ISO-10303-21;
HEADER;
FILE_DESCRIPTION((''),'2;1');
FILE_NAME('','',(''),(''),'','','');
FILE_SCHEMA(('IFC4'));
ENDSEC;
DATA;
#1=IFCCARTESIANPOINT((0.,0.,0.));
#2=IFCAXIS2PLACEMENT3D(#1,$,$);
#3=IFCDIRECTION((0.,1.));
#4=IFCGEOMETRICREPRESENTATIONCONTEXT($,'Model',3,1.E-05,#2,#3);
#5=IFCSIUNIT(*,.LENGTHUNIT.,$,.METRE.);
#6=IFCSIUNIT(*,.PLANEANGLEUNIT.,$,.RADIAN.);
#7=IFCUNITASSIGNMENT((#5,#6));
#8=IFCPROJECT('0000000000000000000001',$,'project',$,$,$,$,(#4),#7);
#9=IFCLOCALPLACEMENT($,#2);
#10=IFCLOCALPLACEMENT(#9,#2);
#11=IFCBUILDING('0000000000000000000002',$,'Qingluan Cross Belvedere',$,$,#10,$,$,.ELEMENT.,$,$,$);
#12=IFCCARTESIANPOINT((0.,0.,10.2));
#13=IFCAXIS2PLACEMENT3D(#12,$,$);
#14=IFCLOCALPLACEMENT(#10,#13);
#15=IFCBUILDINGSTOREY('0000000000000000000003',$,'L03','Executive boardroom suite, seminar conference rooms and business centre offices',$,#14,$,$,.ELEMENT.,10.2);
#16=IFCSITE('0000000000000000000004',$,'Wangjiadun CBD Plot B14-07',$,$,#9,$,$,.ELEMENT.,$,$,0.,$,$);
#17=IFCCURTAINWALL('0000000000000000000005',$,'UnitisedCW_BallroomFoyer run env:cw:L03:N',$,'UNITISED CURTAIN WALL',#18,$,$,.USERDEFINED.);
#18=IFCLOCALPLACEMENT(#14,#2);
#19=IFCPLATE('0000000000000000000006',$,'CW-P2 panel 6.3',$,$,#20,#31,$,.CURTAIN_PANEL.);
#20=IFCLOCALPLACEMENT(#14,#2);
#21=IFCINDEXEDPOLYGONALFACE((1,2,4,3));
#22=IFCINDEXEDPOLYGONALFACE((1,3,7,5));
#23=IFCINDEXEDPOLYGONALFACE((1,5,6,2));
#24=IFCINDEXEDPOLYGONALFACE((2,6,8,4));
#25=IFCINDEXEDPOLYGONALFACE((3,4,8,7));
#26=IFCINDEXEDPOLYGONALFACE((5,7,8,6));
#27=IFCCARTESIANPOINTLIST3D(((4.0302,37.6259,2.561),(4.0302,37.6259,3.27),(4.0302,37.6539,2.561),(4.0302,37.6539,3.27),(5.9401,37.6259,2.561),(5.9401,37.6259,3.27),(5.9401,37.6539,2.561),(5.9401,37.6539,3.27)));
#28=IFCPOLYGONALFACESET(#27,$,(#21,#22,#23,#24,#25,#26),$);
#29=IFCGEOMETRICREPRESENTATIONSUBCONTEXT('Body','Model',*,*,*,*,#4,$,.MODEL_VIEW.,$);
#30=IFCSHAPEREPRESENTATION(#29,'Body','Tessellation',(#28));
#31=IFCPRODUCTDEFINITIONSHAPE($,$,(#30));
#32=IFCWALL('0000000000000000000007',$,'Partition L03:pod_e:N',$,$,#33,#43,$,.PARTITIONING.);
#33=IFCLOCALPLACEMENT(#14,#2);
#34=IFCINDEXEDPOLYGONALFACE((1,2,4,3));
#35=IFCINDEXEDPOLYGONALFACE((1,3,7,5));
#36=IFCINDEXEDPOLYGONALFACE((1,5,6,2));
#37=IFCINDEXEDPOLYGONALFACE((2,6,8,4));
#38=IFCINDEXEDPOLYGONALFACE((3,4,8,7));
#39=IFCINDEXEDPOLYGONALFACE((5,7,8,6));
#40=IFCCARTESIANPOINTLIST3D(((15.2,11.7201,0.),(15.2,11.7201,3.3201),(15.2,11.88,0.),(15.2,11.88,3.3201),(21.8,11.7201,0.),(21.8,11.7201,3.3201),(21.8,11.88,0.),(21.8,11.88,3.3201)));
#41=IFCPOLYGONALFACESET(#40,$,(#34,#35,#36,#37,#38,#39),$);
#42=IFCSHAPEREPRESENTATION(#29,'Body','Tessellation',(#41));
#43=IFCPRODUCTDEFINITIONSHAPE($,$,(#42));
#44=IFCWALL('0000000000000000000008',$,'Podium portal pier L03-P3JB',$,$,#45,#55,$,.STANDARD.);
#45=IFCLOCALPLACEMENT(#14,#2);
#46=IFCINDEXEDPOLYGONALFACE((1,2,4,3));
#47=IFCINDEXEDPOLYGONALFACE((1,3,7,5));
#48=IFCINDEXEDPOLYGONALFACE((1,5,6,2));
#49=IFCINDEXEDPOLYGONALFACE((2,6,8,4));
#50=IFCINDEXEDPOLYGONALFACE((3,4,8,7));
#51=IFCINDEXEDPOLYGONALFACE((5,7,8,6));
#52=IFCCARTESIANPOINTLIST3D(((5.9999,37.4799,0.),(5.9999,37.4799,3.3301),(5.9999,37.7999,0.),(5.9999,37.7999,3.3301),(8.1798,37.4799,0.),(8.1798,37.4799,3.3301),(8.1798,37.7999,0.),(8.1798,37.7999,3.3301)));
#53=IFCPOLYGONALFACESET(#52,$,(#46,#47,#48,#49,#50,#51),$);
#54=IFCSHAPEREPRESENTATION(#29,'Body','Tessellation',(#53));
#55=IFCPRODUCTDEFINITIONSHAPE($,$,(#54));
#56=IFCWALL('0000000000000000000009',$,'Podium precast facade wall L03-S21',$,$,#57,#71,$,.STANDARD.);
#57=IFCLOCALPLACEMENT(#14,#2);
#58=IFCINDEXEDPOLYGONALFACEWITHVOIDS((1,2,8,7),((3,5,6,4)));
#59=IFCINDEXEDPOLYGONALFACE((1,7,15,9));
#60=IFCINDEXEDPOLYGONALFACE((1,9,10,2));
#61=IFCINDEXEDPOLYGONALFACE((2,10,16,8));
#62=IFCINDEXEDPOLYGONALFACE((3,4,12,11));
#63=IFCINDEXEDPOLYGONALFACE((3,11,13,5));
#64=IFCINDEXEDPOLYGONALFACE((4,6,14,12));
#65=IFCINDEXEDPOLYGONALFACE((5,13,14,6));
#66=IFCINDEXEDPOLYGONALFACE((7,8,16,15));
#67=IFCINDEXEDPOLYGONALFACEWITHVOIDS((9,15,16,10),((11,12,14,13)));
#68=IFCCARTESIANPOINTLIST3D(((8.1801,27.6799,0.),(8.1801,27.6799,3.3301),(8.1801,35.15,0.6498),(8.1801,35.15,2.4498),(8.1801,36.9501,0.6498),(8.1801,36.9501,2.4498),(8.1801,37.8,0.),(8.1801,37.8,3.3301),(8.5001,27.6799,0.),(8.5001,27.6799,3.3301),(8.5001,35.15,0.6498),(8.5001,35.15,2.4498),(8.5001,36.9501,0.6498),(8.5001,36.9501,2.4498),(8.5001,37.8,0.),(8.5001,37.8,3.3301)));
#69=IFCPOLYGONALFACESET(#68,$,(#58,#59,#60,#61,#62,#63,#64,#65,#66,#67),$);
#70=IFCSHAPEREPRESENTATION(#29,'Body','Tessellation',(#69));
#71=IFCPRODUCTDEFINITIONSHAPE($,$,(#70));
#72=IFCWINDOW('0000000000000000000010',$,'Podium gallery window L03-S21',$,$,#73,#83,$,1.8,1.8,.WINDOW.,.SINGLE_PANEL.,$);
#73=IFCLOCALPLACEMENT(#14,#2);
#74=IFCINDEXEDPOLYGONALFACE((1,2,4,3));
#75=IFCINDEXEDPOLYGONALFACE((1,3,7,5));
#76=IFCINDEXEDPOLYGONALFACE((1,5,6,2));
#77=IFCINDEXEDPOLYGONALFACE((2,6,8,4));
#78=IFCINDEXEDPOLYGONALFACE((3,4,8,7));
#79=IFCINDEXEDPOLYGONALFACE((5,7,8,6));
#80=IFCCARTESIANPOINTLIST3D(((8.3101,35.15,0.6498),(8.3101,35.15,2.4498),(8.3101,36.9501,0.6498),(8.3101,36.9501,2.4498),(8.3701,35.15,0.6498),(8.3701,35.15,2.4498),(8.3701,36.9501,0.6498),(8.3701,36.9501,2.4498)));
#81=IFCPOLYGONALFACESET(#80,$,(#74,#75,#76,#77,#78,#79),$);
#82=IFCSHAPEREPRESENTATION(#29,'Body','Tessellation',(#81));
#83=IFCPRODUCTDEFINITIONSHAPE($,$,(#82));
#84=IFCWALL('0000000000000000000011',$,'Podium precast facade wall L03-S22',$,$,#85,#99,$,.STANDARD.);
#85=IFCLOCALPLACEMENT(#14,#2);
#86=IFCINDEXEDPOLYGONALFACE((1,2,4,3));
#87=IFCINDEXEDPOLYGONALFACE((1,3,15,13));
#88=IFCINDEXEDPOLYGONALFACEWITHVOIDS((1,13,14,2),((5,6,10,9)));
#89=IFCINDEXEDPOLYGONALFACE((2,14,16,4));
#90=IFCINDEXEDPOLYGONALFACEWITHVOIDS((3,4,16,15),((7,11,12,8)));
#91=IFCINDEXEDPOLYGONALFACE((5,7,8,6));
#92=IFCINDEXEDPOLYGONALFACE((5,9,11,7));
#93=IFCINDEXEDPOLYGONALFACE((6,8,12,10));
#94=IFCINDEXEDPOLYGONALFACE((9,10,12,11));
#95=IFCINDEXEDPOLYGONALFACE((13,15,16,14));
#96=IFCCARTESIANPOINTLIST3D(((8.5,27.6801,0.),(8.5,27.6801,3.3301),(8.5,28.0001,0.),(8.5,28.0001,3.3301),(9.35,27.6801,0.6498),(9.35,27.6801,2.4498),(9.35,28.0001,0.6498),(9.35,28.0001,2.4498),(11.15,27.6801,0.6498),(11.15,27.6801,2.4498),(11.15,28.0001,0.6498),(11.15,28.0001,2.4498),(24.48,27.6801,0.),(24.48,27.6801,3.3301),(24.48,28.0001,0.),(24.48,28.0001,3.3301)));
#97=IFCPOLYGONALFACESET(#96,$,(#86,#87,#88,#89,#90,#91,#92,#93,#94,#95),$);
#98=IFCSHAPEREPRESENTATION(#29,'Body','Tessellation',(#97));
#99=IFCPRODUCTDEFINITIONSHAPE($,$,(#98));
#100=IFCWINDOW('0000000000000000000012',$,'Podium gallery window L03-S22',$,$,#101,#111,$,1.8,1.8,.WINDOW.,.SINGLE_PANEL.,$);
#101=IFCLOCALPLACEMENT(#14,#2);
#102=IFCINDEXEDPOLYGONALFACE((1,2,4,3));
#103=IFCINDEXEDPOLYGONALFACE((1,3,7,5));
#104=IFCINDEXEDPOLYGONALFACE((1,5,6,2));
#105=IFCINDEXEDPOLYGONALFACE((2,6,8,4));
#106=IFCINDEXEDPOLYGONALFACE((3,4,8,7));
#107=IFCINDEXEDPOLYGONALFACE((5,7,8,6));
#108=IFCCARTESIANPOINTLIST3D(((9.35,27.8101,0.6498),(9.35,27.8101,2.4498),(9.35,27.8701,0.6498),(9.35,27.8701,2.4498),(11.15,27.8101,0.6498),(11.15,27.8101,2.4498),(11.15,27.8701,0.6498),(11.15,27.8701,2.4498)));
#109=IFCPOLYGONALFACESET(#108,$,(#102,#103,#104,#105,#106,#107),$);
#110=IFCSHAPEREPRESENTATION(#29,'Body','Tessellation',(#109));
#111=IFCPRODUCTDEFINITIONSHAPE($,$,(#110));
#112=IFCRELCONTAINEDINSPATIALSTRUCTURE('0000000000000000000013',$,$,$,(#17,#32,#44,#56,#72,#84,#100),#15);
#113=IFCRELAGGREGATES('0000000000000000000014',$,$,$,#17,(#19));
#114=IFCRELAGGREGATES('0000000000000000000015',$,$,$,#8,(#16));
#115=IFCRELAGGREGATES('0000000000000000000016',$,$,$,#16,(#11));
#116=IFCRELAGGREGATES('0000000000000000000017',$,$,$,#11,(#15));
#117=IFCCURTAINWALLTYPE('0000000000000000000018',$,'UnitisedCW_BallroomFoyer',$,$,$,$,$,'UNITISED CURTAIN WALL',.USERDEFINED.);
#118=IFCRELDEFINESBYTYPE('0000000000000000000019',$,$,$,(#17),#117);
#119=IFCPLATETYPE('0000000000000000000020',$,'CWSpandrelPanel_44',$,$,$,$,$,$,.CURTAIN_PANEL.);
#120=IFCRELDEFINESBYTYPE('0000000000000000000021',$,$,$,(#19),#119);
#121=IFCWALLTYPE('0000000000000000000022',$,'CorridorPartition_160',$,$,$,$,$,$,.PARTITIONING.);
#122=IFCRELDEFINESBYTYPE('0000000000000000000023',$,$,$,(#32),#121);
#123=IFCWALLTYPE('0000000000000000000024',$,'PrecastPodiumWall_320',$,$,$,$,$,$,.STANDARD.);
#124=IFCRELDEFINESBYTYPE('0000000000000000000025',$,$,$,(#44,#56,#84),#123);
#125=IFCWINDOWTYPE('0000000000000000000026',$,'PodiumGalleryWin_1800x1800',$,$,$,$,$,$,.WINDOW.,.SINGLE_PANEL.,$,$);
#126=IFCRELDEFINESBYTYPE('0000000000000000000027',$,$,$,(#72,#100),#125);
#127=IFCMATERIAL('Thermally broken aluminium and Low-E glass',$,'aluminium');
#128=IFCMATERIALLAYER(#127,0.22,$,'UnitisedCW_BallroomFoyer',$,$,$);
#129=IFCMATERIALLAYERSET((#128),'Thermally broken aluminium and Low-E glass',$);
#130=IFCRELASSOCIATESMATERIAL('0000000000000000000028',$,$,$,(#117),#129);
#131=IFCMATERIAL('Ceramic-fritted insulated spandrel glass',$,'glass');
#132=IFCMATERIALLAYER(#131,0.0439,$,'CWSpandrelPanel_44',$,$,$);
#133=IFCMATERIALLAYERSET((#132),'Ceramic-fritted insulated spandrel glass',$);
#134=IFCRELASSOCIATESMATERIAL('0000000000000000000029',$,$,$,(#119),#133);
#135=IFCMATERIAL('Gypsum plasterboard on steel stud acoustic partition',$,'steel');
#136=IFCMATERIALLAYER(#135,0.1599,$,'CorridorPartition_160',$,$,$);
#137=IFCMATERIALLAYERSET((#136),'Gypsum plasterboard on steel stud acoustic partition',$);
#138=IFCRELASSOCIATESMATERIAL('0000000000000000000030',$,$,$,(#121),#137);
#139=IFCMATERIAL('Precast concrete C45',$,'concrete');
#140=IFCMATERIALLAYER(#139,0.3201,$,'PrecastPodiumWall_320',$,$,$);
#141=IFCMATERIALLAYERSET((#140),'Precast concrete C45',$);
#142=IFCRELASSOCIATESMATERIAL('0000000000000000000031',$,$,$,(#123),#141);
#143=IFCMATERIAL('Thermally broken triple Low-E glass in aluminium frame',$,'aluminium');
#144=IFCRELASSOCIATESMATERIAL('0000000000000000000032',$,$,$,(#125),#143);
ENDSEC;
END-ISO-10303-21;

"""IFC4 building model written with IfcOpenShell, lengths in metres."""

from ifc_helpers import new_model, si_unit, direction, frame, frame_2d, origin, origin_2d, place, context, subcontext, project, spatial, rectangle, extrude, material, layer, layer_set, type_object, element, fill, aggregate, save


model = new_model("IFC4")

# Units and contexts
model_context = context("Model", 3, precision=1e-05, world=origin(), true_north=direction((0.0, 1.0)))
body_context = subcontext(model_context, "Body", "Model", "MODEL_VIEW")
ifc_project = project(units=[si_unit("LENGTHUNIT", "METRE"), si_unit("PLANEANGLEUNIT", "RADIAN")], contexts=[model_context])

# Site, building, storey
site_placement = place(None, origin())
site = spatial("IfcSite", under=ifc_project, at=site_placement, Name="Wangjiadun CBD Plot B14-07", CompositionType="ELEMENT", RefElevation=0.0)
building_placement = place(site_placement, origin())
building = spatial("IfcBuilding", under=site, at=building_placement, Name="Qingluan Cross Belvedere", CompositionType="ELEMENT")
storey_placement = place(building_placement, frame((0.0, 0.0, 10.2)))
storey = spatial("IfcBuildingStorey", under=building, at=storey_placement, Name="L03", Description="Executive boardroom suite, seminar conference rooms and business centre offices", CompositionType="ELEMENT", Elevation=10.2)

# Curtain wall
ifc_material_1 = material(Name="Thermally broken aluminium and Low-E glass", Category="aluminium")
ifc_layer_1 = layer(ifc_material_1, 0.22, Name="UnitisedCW_BallroomFoyer")
ifc_layer_set_1 = layer_set([ifc_layer_1], Name="Thermally broken aluminium and Low-E glass")
curtain_wall_type = type_object("IfcCurtainWallType", Name="UnitisedCW_BallroomFoyer", ElementType="UNITISED CURTAIN WALL", PredefinedType="USERDEFINED", material=ifc_layer_set_1)
curtain_wall_placement = place(storey_placement, origin())
curtain_wall = element("IfcCurtainWall", 1, at=curtain_wall_placement, inside=storey, type_object=curtain_wall_type, Name="UnitisedCW_BallroomFoyer run env:cw:L03:N", ObjectType="UNITISED CURTAIN WALL", PredefinedType="USERDEFINED")

# Plate
ifc_material_2 = material(Name="Ceramic-fritted insulated spandrel glass", Category="glass")
ifc_layer_2 = layer(ifc_material_2, 0.0439, Name="CWSpandrelPanel_44")
ifc_layer_set_2 = layer_set([ifc_layer_2], Name="Ceramic-fritted insulated spandrel glass")
plate_type = type_object("IfcPlateType", Name="CWSpandrelPanel_44", PredefinedType="CURTAIN_PANEL", material=ifc_layer_set_2)
plate_placement = place(storey_placement, frame((4.9851, 37.6399, 2.561), z_axis=(0.0, 0.0, 1.0), x_axis=(1.0, 0.0, 0.0)))
plate = element("IfcPlate", 2, at=plate_placement, type_object=plate_type, Name="CW-P2 panel 6.3", PredefinedType="CURTAIN_PANEL", context=body_context, shape_type="SweptSolid", body=[
    extrude(rectangle(XDim=1.9099, YDim=0.0281, at=origin_2d()), origin(), (0.0, 0.0, 1.0), 0.709),
])
aggregate(curtain_wall, [plate])

# Walls
ifc_material_3 = material(Name="Gypsum plasterboard on steel stud acoustic partition", Category="steel")
ifc_layer_3 = layer(ifc_material_3, 0.1599, Name="CorridorPartition_160")
ifc_layer_set_3 = layer_set([ifc_layer_3], Name="Gypsum plasterboard on steel stud acoustic partition")
wall_type_1 = type_object("IfcWallType", Name="CorridorPartition_160", PredefinedType="PARTITIONING", material=ifc_layer_set_3)
wall_1_placement = place(storey_placement, frame((15.2, 11.8, 0.0), z_axis=(0.0, 0.0, 1.0), x_axis=(1.0, 0.0, 0.0)))
element("IfcWall", 3, at=wall_1_placement, inside=storey, type_object=wall_type_1, Name="Partition L03:pod_e:N", PredefinedType="PARTITIONING", context=body_context, shape_type="SweptSolid", body=[
    extrude(rectangle(XDim=6.6001, YDim=0.1599, at=frame_2d((3.3, 0.0))), origin(), (0.0, 0.0, 1.0), 3.3201),
])
ifc_material_4 = material(Name="Precast concrete C45", Category="concrete")
ifc_layer_4 = layer(ifc_material_4, 0.3201, Name="PrecastPodiumWall_320")
ifc_layer_set_4 = layer_set([ifc_layer_4], Name="Precast concrete C45")
wall_type_2 = type_object("IfcWallType", Name="PrecastPodiumWall_320", PredefinedType="STANDARD", material=ifc_layer_set_4)
wall_2_placement = place(storey_placement, frame((6.0, 37.6399, 0.0), z_axis=(0.0, 0.0, 1.0), x_axis=(1.0, 0.0, 0.0)))
element("IfcWall", 4, at=wall_2_placement, inside=storey, type_object=wall_type_2, Name="Podium portal pier L03-P3JB", PredefinedType="STANDARD", context=body_context, shape_type="SweptSolid", body=[
    extrude(rectangle(XDim=2.1799, YDim=0.3201, at=frame_2d((1.0898, 0.0))), origin(), (0.0, 0.0, 1.0), 3.3301),
])

# Walls, openings, windows
wall_3_placement = place(storey_placement, frame((8.3401, 37.8, 0.0), z_axis=(0.0, 0.0, 1.0), x_axis=(0.0, -1.0, 0.0)))
wall_3 = element("IfcWall", 5, at=wall_3_placement, inside=storey, type_object=wall_type_2, Name="Podium precast facade wall L03-S21", PredefinedType="STANDARD", context=body_context, shape_type="SweptSolid", body=[
    extrude(rectangle(XDim=10.1201, YDim=0.3201, at=frame_2d((5.0601, 0.0))), origin(), (0.0, 0.0, 1.0), 3.3301),
])
opening_1_placement = place(wall_3_placement, frame((0.8501, 0.0, 0.6499)))
opening_1 = element("IfcOpeningElement", 6, at=opening_1_placement, cuts=wall_3, PredefinedType="OPENING", context=body_context, shape_type="SweptSolid", body=[
    extrude(rectangle(XDim=1.8, YDim=1.8, at=frame_2d((0.8999, 0.8999))), frame((0.0, 0.1699, 0.0), z_axis=(0.0, -1.0, 0.0), x_axis=(1.0, 0.0, 0.0)), (0.0, 0.0, 1.0), 0.3401),
])
ifc_material_5 = material(Name="Thermally broken triple Low-E glass in aluminium frame", Category="aluminium")
window_type = type_object("IfcWindowType", Name="PodiumGalleryWin_1800x1800", PartitioningType="SINGLE_PANEL", PredefinedType="WINDOW", material=ifc_material_5)
window_1_placement = place(opening_1_placement, origin())
window_1 = element("IfcWindow", 7, at=window_1_placement, inside=storey, type_object=window_type, Name="Podium gallery window L03-S21", OverallHeight=1.8, OverallWidth=1.8, PartitioningType="SINGLE_PANEL", PredefinedType="WINDOW", context=body_context, shape_type="SweptSolid", body=[
    extrude(rectangle(XDim=1.8, YDim=1.8, at=frame_2d((0.8999, 0.8999))), frame((0.0, 0.03, 0.0), z_axis=(0.0, -1.0, 0.0), x_axis=(1.0, 0.0, 0.0)), (0.0, 0.0, 1.0), 0.0601),
])
fill(opening_1, window_1)
wall_4_placement = place(storey_placement, frame((8.5, 27.8401, 0.0), z_axis=(0.0, 0.0, 1.0), x_axis=(1.0, 0.0, 0.0)))
wall_4 = element("IfcWall", 8, at=wall_4_placement, inside=storey, type_object=wall_type_2, Name="Podium precast facade wall L03-S22", PredefinedType="STANDARD", context=body_context, shape_type="SweptSolid", body=[
    extrude(rectangle(XDim=15.98, YDim=0.3201, at=frame_2d((7.99, 0.0))), origin(), (0.0, 0.0, 1.0), 3.3301),
])
opening_2_placement = place(wall_4_placement, frame((0.8501, 0.0, 0.6499)))
opening_2 = element("IfcOpeningElement", 9, at=opening_2_placement, cuts=wall_4, PredefinedType="OPENING", context=body_context, shape_type="SweptSolid", body=[
    extrude(rectangle(XDim=1.8, YDim=1.8, at=frame_2d((0.8999, 0.8999))), frame((0.0, 0.1699, 0.0), z_axis=(0.0, -1.0, 0.0), x_axis=(1.0, 0.0, 0.0)), (0.0, 0.0, 1.0), 0.3401),
])
window_2_placement = place(opening_2_placement, origin())
window_2 = element("IfcWindow", 10, at=window_2_placement, inside=storey, type_object=window_type, Name="Podium gallery window L03-S22", OverallHeight=1.8, OverallWidth=1.8, PartitioningType="SINGLE_PANEL", PredefinedType="WINDOW", context=body_context, shape_type="SweptSolid", body=[
    extrude(rectangle(XDim=1.8, YDim=1.8, at=frame_2d((0.8999, 0.8999))), frame((0.0, 0.03, 0.0), z_axis=(0.0, -1.0, 0.0), x_axis=(1.0, 0.0, 0.0)), (0.0, 0.0, 1.0), 0.0601),
])
fill(opening_2, window_2)

save(model, "model.ifc")
